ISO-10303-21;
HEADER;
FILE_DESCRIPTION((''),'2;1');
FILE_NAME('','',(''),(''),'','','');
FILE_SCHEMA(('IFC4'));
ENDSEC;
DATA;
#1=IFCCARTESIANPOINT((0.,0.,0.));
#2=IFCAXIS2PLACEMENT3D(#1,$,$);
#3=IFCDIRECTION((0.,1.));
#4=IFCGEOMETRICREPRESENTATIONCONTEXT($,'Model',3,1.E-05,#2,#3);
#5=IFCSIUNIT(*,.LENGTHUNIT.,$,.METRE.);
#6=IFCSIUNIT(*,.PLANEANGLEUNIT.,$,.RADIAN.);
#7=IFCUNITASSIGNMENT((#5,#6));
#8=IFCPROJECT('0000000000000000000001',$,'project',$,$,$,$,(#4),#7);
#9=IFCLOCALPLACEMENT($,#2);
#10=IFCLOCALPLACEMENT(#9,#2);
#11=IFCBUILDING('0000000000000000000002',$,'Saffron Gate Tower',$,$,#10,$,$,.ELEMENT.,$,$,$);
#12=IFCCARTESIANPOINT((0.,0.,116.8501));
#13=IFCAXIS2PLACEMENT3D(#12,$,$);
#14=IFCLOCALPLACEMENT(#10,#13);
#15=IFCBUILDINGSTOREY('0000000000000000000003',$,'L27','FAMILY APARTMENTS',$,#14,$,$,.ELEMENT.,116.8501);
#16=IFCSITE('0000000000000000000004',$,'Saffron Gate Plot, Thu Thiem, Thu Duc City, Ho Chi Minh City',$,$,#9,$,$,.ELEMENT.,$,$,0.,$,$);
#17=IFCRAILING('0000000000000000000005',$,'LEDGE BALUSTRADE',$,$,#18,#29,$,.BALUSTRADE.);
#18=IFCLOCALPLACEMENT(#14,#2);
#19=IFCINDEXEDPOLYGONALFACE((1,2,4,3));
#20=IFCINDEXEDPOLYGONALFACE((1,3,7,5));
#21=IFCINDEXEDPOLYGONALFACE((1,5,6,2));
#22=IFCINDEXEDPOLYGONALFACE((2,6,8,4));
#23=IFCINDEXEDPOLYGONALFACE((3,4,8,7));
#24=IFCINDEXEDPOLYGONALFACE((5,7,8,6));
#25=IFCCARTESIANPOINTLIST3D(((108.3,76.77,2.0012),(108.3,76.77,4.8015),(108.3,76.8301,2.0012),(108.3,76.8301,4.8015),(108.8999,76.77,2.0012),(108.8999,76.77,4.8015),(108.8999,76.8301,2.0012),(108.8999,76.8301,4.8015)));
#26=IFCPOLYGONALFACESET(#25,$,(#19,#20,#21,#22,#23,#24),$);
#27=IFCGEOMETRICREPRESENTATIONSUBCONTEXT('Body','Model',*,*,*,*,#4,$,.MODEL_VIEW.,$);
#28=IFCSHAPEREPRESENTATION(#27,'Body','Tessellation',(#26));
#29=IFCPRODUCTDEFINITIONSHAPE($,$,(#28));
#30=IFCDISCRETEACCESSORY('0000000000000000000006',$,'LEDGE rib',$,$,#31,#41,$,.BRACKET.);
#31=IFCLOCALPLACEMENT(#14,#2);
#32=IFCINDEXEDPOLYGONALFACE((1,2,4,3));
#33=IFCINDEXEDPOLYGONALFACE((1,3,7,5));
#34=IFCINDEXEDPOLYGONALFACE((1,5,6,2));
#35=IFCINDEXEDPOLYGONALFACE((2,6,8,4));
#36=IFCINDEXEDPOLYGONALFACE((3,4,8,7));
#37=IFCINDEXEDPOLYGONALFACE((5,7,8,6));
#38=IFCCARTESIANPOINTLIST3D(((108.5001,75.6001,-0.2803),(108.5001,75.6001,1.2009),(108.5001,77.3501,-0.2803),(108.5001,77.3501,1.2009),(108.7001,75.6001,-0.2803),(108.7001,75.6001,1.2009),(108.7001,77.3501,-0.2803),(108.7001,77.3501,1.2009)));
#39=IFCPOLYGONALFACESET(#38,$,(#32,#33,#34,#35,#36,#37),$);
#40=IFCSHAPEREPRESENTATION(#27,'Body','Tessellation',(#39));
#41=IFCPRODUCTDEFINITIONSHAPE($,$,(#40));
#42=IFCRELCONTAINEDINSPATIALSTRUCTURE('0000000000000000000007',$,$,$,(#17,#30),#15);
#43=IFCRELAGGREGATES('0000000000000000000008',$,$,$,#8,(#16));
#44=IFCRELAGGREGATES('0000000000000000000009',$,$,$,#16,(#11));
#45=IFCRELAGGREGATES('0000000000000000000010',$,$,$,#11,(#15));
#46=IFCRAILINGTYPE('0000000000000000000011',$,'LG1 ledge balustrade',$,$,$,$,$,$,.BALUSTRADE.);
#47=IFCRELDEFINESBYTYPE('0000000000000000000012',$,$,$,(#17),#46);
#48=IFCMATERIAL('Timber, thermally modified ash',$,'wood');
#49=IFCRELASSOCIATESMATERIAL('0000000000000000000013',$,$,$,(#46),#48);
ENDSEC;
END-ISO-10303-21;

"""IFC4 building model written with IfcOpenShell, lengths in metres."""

from ifc_helpers import new_model, si_unit, direction, frame, origin, origin_2d, place, context, subcontext, project, spatial, rectangle, extrude, material, type_object, element, save


model = new_model("IFC4")

# Units and contexts
model_context = context("Model", 3, precision=1e-05, world=origin(), true_north=direction((0.0, 1.0)))
body_context = subcontext(model_context, "Body", "Model", "MODEL_VIEW")
ifc_project = project(units=[si_unit("LENGTHUNIT", "METRE"), si_unit("PLANEANGLEUNIT", "RADIAN")], contexts=[model_context])

# Site, building, storey
site_placement = place(None, origin())
site = spatial("IfcSite", under=ifc_project, at=site_placement, Name="Saffron Gate Plot, Thu Thiem, Thu Duc City, Ho Chi Minh City", CompositionType="ELEMENT", RefElevation=0.0)
building_placement = place(site_placement, origin())
building = spatial("IfcBuilding", under=site, at=building_placement, Name="Saffron Gate Tower", CompositionType="ELEMENT")
storey_placement = place(building_placement, frame((0.0, 0.0, 116.8501)))
storey = spatial("IfcBuildingStorey", under=building, at=storey_placement, Name="L27", Description="FAMILY APARTMENTS", CompositionType="ELEMENT", Elevation=116.8501)

# Shared definitions
ifc_material_1 = material(Name="Timber, thermally modified ash", Category="wood")

# Railing
railing_type_1 = type_object("IfcRailingType", Name="LG1 ledge balustrade", PredefinedType="BALUSTRADE", material=ifc_material_1)
railing_1_placement = place(storey_placement, frame((108.8999, 76.8, 2.0012)))
element("IfcRailing", 1, at=railing_1_placement, inside=storey, type_object=railing_type_1, Name="LEDGE BALUSTRADE", PredefinedType="BALUSTRADE", context=body_context, shape_type="SweptSolid", body=[
    extrude(rectangle(XDim=0.0601, YDim=2.8003, at=origin_2d()), frame((0.0, 0.0, 1.4001), z_axis=(-1.0, 0.0, 0.0), x_axis=(0.0, -1.0, 0.0)), (0.0, 0.0, 1.0), 0.5999),
])

# Discrete accessory
discrete_accessory_placement = place(storey_placement, frame((108.6001, 76.4751, -0.2803), z_axis=(0.0, 0.0, 1.0), x_axis=(-1.0, 0.0, 0.0)))
element("IfcDiscreteAccessory", 2, at=discrete_accessory_placement, inside=storey, Name="LEDGE rib", PredefinedType="BRACKET", context=body_context, shape_type="SweptSolid", body=[
    extrude(rectangle(XDim=0.2, YDim=1.75, at=origin_2d()), origin(), (0.0, 0.0, 1.0), 1.4812),
])

save(model, "model.ifc")
